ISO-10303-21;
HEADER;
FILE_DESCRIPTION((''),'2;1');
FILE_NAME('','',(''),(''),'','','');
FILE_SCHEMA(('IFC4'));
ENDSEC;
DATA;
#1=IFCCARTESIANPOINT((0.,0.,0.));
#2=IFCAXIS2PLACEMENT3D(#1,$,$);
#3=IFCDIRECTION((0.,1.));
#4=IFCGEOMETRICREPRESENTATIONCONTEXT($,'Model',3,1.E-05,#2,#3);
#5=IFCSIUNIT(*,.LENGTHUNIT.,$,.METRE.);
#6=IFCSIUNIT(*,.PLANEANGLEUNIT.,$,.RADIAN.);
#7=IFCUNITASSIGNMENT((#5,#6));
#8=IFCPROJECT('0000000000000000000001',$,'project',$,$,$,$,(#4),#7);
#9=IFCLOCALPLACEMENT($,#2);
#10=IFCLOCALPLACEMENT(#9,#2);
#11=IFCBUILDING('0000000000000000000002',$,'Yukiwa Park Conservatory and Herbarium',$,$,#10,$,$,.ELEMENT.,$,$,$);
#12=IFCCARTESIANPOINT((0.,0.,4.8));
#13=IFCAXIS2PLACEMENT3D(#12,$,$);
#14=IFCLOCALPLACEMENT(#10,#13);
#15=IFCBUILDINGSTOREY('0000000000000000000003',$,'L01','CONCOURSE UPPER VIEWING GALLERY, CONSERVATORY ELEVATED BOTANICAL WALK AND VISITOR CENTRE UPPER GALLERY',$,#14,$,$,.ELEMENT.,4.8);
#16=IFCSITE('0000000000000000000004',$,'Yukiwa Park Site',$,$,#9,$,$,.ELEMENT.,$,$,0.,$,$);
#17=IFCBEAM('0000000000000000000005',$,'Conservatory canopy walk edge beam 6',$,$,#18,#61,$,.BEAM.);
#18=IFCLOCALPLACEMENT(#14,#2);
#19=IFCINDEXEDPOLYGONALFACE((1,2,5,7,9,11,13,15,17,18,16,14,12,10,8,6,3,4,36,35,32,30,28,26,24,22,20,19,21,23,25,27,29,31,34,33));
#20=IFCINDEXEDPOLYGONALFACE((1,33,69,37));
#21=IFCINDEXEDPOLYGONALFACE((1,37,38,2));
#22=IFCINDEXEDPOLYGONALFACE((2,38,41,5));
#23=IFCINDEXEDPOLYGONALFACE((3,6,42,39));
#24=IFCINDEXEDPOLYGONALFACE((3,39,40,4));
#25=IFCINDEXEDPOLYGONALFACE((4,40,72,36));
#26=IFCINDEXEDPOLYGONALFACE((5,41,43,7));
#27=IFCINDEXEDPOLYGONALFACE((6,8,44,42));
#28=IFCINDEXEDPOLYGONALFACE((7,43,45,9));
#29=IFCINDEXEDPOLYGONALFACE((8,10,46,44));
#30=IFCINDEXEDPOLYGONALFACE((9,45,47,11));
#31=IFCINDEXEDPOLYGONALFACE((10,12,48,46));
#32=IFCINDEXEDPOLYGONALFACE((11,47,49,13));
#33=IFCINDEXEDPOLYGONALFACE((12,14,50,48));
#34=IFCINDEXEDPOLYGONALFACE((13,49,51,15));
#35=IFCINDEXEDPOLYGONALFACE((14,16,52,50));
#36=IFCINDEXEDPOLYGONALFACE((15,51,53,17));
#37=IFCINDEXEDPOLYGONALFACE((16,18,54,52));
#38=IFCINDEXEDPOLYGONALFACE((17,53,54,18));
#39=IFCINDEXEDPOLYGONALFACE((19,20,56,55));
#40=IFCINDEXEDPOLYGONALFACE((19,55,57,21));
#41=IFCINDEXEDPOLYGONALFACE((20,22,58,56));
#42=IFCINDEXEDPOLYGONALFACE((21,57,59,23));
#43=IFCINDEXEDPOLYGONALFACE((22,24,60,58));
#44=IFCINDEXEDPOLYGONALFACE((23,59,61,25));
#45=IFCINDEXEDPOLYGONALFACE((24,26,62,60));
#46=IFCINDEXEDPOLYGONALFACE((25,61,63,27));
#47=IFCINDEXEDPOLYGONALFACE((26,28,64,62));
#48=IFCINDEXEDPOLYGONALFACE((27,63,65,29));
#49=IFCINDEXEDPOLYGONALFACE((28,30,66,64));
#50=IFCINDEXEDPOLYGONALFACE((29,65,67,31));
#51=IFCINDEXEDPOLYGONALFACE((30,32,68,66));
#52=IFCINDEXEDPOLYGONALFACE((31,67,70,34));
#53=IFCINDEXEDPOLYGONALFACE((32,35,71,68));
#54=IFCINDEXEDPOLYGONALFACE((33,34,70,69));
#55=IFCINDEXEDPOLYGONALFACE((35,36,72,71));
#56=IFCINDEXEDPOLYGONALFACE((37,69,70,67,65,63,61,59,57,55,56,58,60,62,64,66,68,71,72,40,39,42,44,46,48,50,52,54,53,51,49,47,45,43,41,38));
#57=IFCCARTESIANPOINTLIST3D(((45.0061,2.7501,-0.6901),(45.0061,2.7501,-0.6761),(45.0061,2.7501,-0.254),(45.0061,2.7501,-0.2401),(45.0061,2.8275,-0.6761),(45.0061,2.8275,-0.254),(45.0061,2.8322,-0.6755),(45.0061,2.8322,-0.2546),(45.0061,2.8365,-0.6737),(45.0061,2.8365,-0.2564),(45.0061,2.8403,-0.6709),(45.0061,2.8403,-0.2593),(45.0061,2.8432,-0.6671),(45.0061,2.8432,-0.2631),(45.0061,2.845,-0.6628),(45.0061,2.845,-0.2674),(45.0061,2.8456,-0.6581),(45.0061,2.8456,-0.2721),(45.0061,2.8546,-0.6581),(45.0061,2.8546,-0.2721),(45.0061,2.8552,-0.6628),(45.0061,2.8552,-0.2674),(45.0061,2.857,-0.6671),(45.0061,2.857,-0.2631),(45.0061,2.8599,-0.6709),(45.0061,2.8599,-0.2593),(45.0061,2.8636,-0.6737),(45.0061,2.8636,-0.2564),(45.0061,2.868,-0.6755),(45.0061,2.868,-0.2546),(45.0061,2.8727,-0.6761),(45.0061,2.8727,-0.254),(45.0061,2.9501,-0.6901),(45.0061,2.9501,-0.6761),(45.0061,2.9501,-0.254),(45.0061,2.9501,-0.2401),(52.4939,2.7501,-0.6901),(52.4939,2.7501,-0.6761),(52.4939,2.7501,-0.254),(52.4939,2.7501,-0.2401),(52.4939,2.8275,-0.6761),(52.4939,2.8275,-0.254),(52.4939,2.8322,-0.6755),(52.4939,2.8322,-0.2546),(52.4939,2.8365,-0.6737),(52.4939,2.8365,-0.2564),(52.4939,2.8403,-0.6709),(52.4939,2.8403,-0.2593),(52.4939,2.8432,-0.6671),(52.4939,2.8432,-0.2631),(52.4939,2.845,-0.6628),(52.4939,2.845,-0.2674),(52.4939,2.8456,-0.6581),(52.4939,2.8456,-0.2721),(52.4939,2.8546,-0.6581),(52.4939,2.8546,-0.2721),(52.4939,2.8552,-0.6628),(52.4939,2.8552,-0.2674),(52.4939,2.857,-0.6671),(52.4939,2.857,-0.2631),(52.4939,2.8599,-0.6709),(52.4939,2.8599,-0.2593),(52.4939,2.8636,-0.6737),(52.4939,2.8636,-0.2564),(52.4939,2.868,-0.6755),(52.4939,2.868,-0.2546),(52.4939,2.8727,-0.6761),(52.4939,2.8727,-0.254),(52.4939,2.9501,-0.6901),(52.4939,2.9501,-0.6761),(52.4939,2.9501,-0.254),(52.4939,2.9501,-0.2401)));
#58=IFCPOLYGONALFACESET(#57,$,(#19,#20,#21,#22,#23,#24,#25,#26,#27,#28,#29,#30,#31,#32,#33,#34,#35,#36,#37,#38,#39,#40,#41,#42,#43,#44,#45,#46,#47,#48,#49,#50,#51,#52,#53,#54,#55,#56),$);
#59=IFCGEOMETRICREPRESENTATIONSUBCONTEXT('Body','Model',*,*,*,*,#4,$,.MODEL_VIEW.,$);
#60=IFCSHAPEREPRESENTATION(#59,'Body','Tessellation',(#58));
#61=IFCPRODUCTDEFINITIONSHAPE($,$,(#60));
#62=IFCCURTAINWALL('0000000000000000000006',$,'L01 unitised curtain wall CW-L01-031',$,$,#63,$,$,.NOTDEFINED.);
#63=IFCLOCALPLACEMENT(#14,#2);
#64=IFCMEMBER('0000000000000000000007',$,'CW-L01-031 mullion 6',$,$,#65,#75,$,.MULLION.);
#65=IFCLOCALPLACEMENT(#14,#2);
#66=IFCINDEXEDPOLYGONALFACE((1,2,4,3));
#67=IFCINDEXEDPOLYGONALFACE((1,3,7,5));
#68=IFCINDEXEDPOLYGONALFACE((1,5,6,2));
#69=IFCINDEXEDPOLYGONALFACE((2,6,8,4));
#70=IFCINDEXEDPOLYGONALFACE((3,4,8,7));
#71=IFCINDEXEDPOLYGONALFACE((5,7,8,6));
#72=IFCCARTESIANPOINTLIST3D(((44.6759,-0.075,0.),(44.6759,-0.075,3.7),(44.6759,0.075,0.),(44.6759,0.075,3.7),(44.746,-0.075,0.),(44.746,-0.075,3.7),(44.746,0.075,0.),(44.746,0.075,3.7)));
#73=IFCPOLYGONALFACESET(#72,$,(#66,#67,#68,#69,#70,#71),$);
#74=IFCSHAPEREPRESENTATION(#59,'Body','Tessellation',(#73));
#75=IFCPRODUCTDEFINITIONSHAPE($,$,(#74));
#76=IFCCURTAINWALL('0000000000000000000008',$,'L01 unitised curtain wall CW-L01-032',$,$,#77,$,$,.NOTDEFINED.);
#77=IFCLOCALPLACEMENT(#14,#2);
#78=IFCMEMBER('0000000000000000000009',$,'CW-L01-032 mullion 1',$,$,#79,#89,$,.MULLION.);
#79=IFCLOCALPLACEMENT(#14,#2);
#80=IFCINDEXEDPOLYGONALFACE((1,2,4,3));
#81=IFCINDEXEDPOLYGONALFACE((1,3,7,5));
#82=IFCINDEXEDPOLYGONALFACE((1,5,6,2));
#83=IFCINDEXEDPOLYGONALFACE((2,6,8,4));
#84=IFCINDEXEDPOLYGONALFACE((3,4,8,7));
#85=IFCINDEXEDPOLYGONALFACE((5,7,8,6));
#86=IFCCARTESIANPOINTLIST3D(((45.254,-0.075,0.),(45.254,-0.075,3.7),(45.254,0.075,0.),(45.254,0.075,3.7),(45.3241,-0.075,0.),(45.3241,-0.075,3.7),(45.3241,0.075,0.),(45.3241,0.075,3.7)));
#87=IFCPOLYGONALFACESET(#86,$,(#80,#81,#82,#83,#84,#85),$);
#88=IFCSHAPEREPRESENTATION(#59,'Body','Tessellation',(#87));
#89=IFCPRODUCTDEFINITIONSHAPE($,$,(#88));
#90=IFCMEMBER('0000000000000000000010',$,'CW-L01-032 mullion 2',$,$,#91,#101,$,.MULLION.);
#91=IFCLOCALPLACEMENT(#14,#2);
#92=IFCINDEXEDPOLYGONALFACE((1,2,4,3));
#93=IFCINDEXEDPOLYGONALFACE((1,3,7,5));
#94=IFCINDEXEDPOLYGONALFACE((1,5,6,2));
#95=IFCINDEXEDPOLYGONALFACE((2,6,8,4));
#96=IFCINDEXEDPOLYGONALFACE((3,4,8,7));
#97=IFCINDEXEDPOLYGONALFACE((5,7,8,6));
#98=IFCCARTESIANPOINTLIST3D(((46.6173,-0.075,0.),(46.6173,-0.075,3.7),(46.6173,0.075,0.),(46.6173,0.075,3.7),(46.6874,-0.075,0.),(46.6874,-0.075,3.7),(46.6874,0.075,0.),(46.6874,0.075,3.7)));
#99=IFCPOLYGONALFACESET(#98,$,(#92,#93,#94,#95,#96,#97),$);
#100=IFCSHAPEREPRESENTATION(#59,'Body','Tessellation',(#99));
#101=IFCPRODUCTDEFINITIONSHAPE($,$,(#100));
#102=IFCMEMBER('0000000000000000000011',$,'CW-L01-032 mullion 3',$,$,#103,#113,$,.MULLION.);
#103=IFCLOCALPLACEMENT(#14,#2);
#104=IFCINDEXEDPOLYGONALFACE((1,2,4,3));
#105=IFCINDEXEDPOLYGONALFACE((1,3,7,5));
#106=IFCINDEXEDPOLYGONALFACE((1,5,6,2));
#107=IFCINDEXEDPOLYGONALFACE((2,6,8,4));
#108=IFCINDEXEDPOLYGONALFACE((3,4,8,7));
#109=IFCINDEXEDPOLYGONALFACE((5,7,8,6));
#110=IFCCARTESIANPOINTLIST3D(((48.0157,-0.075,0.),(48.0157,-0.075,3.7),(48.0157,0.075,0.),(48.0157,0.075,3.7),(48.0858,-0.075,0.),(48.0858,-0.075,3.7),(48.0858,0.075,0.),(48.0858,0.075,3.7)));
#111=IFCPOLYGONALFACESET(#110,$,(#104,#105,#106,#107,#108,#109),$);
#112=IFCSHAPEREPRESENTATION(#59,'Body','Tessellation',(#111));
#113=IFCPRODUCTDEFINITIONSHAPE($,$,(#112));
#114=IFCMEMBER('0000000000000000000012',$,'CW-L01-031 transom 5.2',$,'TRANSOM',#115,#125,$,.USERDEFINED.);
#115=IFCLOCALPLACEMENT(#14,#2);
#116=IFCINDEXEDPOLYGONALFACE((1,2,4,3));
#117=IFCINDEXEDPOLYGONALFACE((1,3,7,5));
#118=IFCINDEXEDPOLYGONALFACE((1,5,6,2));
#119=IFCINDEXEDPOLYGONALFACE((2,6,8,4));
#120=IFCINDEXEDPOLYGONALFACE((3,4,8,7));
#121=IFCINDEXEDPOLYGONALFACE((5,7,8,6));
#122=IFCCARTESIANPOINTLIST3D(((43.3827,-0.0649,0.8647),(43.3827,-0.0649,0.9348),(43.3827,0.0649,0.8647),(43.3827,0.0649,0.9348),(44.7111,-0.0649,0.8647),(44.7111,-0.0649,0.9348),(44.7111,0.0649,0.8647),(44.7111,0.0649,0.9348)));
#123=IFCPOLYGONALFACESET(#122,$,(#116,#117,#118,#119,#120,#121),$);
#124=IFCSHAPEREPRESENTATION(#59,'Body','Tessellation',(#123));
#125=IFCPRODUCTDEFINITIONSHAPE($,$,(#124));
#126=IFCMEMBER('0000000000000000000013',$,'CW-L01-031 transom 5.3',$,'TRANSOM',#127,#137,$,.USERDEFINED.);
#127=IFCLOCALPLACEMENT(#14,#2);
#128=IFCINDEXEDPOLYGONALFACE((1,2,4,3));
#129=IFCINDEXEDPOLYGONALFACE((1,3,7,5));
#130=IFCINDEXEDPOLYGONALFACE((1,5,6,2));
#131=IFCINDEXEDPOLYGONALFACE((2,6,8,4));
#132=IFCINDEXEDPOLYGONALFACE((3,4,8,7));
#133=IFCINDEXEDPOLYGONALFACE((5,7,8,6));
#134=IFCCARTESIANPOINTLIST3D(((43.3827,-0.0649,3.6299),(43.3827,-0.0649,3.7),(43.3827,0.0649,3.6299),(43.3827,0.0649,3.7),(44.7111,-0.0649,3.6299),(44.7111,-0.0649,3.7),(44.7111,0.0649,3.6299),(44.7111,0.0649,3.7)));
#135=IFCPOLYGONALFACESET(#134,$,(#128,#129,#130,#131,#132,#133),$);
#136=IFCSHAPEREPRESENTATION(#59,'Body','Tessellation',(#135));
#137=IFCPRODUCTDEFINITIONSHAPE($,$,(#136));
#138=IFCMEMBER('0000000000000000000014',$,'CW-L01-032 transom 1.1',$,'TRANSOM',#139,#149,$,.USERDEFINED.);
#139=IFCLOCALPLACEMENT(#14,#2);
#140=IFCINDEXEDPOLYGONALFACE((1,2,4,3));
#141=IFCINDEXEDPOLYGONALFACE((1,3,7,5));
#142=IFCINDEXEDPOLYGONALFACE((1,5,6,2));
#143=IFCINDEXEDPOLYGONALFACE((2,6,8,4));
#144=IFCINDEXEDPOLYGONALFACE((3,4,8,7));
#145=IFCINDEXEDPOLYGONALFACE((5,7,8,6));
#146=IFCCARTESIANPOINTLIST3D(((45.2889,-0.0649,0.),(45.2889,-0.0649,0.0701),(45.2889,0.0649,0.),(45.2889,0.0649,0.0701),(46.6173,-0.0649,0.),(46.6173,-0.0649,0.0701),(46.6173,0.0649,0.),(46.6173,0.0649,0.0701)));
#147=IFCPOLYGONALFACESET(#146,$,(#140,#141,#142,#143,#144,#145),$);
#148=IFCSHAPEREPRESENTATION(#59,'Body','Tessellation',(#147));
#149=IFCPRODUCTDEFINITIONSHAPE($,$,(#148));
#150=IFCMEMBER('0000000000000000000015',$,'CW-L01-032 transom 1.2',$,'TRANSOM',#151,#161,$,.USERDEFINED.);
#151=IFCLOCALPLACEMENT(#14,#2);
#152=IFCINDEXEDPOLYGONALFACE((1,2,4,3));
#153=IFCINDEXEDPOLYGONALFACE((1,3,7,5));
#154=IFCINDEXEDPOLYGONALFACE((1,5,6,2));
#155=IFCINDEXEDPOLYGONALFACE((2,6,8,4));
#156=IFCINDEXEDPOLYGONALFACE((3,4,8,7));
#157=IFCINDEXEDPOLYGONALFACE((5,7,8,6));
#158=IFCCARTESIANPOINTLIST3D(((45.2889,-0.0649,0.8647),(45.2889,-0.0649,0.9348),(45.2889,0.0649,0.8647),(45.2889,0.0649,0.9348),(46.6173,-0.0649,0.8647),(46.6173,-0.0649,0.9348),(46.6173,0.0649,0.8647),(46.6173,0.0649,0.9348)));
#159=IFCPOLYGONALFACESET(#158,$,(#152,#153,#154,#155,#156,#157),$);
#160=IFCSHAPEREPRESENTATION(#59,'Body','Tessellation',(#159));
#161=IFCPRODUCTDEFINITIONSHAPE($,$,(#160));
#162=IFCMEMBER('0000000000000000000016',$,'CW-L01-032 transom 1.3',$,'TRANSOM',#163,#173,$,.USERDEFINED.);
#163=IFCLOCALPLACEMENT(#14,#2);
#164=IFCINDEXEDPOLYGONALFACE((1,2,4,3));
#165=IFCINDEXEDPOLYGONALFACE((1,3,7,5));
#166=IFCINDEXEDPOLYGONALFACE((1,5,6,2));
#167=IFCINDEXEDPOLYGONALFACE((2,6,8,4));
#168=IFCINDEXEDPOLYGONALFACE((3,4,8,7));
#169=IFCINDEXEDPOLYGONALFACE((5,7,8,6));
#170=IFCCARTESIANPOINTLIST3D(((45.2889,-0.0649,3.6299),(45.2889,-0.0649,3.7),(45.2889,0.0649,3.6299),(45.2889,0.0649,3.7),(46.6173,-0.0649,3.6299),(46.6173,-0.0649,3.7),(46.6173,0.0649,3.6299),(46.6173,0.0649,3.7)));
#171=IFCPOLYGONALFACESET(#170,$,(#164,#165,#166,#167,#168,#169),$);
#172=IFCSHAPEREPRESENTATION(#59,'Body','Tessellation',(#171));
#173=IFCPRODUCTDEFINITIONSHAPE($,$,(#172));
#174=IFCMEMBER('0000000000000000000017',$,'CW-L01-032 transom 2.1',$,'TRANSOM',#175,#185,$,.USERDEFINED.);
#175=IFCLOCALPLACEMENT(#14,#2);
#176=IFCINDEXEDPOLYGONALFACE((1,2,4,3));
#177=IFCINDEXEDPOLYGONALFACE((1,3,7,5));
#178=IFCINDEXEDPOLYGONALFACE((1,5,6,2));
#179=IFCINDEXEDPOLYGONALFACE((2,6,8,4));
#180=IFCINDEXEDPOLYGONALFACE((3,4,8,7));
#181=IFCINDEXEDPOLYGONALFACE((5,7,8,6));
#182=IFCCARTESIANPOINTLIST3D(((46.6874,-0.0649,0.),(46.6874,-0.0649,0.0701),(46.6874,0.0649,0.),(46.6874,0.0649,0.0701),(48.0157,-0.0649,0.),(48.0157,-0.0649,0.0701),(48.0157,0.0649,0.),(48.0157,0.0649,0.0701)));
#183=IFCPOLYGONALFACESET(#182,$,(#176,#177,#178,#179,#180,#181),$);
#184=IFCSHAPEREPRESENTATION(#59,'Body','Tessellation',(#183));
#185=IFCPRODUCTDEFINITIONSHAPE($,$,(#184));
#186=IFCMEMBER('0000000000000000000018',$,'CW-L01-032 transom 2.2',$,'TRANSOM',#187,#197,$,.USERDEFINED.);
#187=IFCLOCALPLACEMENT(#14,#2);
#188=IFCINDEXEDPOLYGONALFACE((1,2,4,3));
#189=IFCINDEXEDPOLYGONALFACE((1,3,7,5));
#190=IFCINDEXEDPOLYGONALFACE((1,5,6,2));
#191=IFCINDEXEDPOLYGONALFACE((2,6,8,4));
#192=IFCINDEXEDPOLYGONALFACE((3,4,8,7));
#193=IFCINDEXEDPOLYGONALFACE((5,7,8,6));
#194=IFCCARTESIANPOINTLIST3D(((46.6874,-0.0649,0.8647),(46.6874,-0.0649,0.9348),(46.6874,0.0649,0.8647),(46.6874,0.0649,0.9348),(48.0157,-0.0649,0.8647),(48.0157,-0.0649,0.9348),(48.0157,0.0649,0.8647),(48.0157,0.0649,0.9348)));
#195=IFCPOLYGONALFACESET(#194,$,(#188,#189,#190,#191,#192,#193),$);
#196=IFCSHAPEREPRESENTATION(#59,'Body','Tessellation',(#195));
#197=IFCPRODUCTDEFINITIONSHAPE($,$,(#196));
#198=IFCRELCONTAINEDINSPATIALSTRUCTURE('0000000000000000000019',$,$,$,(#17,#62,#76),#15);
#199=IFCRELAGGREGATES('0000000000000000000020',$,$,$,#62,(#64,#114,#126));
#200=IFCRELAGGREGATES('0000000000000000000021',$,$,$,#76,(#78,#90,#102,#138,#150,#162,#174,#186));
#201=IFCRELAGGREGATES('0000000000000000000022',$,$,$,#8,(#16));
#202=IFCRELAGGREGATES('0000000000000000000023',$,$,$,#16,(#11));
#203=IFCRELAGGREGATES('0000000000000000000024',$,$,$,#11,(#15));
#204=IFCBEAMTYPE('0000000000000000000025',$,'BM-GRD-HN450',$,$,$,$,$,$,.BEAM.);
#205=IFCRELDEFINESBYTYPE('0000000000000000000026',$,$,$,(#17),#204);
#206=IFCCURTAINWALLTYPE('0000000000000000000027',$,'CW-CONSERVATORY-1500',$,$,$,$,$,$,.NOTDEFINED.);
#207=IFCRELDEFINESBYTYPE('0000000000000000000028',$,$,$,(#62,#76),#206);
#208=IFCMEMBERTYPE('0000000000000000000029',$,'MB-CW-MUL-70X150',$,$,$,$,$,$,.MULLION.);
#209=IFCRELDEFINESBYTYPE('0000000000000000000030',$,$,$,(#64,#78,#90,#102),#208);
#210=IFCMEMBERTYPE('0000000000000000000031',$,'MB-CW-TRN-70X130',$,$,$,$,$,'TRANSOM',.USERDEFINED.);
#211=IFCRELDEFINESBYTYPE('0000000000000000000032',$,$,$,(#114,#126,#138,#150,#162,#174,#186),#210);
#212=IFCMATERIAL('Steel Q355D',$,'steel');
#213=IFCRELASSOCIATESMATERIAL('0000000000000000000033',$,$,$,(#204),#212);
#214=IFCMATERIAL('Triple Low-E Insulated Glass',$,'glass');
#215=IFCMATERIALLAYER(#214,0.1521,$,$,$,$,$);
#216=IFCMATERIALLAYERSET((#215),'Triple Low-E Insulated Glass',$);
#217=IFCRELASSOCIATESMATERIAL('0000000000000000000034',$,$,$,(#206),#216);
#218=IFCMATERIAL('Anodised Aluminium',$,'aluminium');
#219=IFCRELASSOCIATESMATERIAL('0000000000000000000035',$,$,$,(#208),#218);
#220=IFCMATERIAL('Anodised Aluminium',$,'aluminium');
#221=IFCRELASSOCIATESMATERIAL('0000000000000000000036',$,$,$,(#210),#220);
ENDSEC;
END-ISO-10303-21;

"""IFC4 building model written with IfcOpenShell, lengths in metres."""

from ifc_helpers import new_model, si_unit, direction, frame, origin, origin_2d, place, context, subcontext, project, spatial, rectangle, i_section, extrude, material, layer, layer_set, material_profile, profile_set, type_object, element, aggregate, save


model = new_model("IFC4")

# Units and contexts
model_context = context("Model", 3, precision=1e-05, world=origin(), true_north=direction((0.0, 1.0)))
body_context = subcontext(model_context, "Body", "Model", "MODEL_VIEW")
ifc_project = project(units=[si_unit("LENGTHUNIT", "METRE"), si_unit("PLANEANGLEUNIT", "RADIAN")], contexts=[model_context])

# Site, building, storey
site_placement = place(None, origin())
site = spatial("IfcSite", under=ifc_project, at=site_placement, Name="Yukiwa Park Site", CompositionType="ELEMENT", RefElevation=0.0)
building_placement = place(site_placement, origin())
building = spatial("IfcBuilding", under=site, at=building_placement, Name="Yukiwa Park Conservatory and Herbarium", CompositionType="ELEMENT")
storey_placement = place(building_placement, frame((0.0, 0.0, 4.8)))
storey = spatial("IfcBuildingStorey", under=building, at=storey_placement, Name="L01", Description="CONCOURSE UPPER VIEWING GALLERY, CONSERVATORY ELEVATED BOTANICAL WALK AND VISITOR CENTRE UPPER GALLERY", CompositionType="ELEMENT", Elevation=4.8)

# Beam
ifc_material_1 = material(Name="Steel Q355D", Category="steel")
ifc_material_profile_1 = material_profile(ifc_material_1, i_section(OverallWidth=0.2, OverallDepth=0.45, WebThickness=0.009, FlangeThickness=0.0139, FilletRadius=0.0181, at=origin_2d()), Name="HN 450x200x9x14")
ifc_profile_set_1 = profile_set([ifc_material_profile_1], Name="Steel Q355D")
beam_type = type_object("IfcBeamType", Name="BM-GRD-HN450", PredefinedType="BEAM", material=ifc_profile_set_1)
beam_1_placement = place(storey_placement, frame((45.0061, 2.8501, -0.4651), z_axis=(1.0, 0.0, 0.0), x_axis=(0.0, 1.0, 0.0)))
element("IfcBeam", 1, at=beam_1_placement, inside=storey, type_object=beam_type, Name="Conservatory canopy walk edge beam 6", PredefinedType="BEAM", context=body_context, shape_type="SweptSolid", body=[
    extrude(i_section(OverallWidth=0.2, OverallDepth=0.45, WebThickness=0.009, FlangeThickness=0.0139, FilletRadius=0.0181, at=origin_2d()), origin(), (0.0, 0.0, 1.0), 7.4878),
])

# Curtain wall, member
ifc_material_2 = material(Name="Triple Low-E Insulated Glass", Category="glass")
ifc_layer_1 = layer(ifc_material_2, 0.1521)
ifc_layer_set_1 = layer_set([ifc_layer_1], Name="Triple Low-E Insulated Glass")
curtain_wall_type = type_object("IfcCurtainWallType", Name="CW-CONSERVATORY-1500", PredefinedType="NOTDEFINED", material=ifc_layer_set_1)
curtain_wall_1_placement = place(storey_placement, origin())
curtain_wall_1 = element("IfcCurtainWall", 2, at=curtain_wall_1_placement, inside=storey, type_object=curtain_wall_type, Name="L01 unitised curtain wall CW-L01-031", PredefinedType="NOTDEFINED")
ifc_material_3 = material(Name="Anodised Aluminium", Category="aluminium")
member_type_1 = type_object("IfcMemberType", Name="MB-CW-MUL-70X150", PredefinedType="MULLION", material=ifc_material_3)
member_1_placement = place(storey_placement, frame((44.7109, 0.0, 0.0), z_axis=(0.0, 0.0, 1.0), x_axis=(1.0, 0.0, 0.0)))
member_1 = element("IfcMember", 3, at=member_1_placement, type_object=member_type_1, Name="CW-L01-031 mullion 6", PredefinedType="MULLION", context=body_context, shape_type="SweptSolid", body=[
    extrude(rectangle(XDim=0.0701, YDim=0.1499, at=origin_2d()), origin(), (0.0, 0.0, 1.0), 3.7),
])

# Curtain wall, members
curtain_wall_2_placement = place(storey_placement, origin())
curtain_wall_2 = element("IfcCurtainWall", 4, at=curtain_wall_2_placement, inside=storey, type_object=curtain_wall_type, Name="L01 unitised curtain wall CW-L01-032", PredefinedType="NOTDEFINED")
member_2_placement = place(storey_placement, frame((45.2891, 0.0, 0.0), z_axis=(0.0, 0.0, 1.0), x_axis=(1.0, 0.0, 0.0)))
member_2 = element("IfcMember", 5, at=member_2_placement, type_object=member_type_1, Name="CW-L01-032 mullion 1", PredefinedType="MULLION", context=body_context, shape_type="SweptSolid", body=[
    extrude(rectangle(XDim=0.0701, YDim=0.1499, at=origin_2d()), origin(), (0.0, 0.0, 1.0), 3.7),
])
member_3_placement = place(storey_placement, frame((46.6523, 0.0, 0.0), z_axis=(0.0, 0.0, 1.0), x_axis=(1.0, 0.0, 0.0)))
member_3 = element("IfcMember", 6, at=member_3_placement, type_object=member_type_1, Name="CW-L01-032 mullion 2", PredefinedType="MULLION", context=body_context, shape_type="SweptSolid", body=[
    extrude(rectangle(XDim=0.0701, YDim=0.1499, at=origin_2d()), origin(), (0.0, 0.0, 1.0), 3.7),
])
member_4_placement = place(storey_placement, frame((48.0508, 0.0, 0.0), z_axis=(0.0, 0.0, 1.0), x_axis=(1.0, 0.0, 0.0)))
member_4 = element("IfcMember", 7, at=member_4_placement, type_object=member_type_1, Name="CW-L01-032 mullion 3", PredefinedType="MULLION", context=body_context, shape_type="SweptSolid", body=[
    extrude(rectangle(XDim=0.0701, YDim=0.1499, at=origin_2d()), origin(), (0.0, 0.0, 1.0), 3.7),
])

# Members
ifc_material_4 = material(Name="Anodised Aluminium", Category="aluminium")
member_type_2 = type_object("IfcMemberType", Name="MB-CW-TRN-70X130", ElementType="TRANSOM", PredefinedType="USERDEFINED", material=ifc_material_4)
member_5_placement = place(storey_placement, frame((44.0469, 0.0, 0.8647), z_axis=(0.0, 0.0, 1.0), x_axis=(1.0, 0.0, 0.0)))
member_5 = element("IfcMember", 8, at=member_5_placement, type_object=member_type_2, Name="CW-L01-031 transom 5.2", ObjectType="TRANSOM", PredefinedType="USERDEFINED", context=body_context, shape_type="SweptSolid", body=[
    extrude(rectangle(XDim=1.3284, YDim=0.1299, at=origin_2d()), origin(), (0.0, 0.0, 1.0), 0.0701),
])
member_6_placement = place(storey_placement, frame((44.0469, 0.0, 3.6299), z_axis=(0.0, 0.0, 1.0), x_axis=(1.0, 0.0, 0.0)))
member_6 = element("IfcMember", 9, at=member_6_placement, type_object=member_type_2, Name="CW-L01-031 transom 5.3", ObjectType="TRANSOM", PredefinedType="USERDEFINED", context=body_context, shape_type="SweptSolid", body=[
    extrude(rectangle(XDim=1.3284, YDim=0.1299, at=origin_2d()), origin(), (0.0, 0.0, 1.0), 0.0701),
])
member_7_placement = place(storey_placement, frame((45.9531, 0.0, 0.0), z_axis=(0.0, 0.0, 1.0), x_axis=(1.0, 0.0, 0.0)))
member_7 = element("IfcMember", 10, at=member_7_placement, type_object=member_type_2, Name="CW-L01-032 transom 1.1", ObjectType="TRANSOM", PredefinedType="USERDEFINED", context=body_context, shape_type="SweptSolid", body=[
    extrude(rectangle(XDim=1.3284, YDim=0.1299, at=origin_2d()), origin(), (0.0, 0.0, 1.0), 0.0701),
])
member_8_placement = place(storey_placement, frame((45.9531, 0.0, 0.8647), z_axis=(0.0, 0.0, 1.0), x_axis=(1.0, 0.0, 0.0)))
member_8 = element("IfcMember", 11, at=member_8_placement, type_object=member_type_2, Name="CW-L01-032 transom 1.2", ObjectType="TRANSOM", PredefinedType="USERDEFINED", context=body_context, shape_type="SweptSolid", body=[
    extrude(rectangle(XDim=1.3284, YDim=0.1299, at=origin_2d()), origin(), (0.0, 0.0, 1.0), 0.0701),
])
member_9_placement = place(storey_placement, frame((45.9531, 0.0, 3.6299), z_axis=(0.0, 0.0, 1.0), x_axis=(1.0, 0.0, 0.0)))
member_9 = element("IfcMember", 12, at=member_9_placement, type_object=member_type_2, Name="CW-L01-032 transom 1.3", ObjectType="TRANSOM", PredefinedType="USERDEFINED", context=body_context, shape_type="SweptSolid", body=[
    extrude(rectangle(XDim=1.3284, YDim=0.1299, at=origin_2d()), origin(), (0.0, 0.0, 1.0), 0.0701),
])
member_10_placement = place(storey_placement, frame((47.3516, 0.0, 0.0), z_axis=(0.0, 0.0, 1.0), x_axis=(1.0, 0.0, 0.0)))
member_10 = element("IfcMember", 13, at=member_10_placement, type_object=member_type_2, Name="CW-L01-032 transom 2.1", ObjectType="TRANSOM", PredefinedType="USERDEFINED", context=body_context, shape_type="SweptSolid", body=[
    extrude(rectangle(XDim=1.3284, YDim=0.1299, at=origin_2d()), origin(), (0.0, 0.0, 1.0), 0.0701),
])
member_11_placement = place(storey_placement, frame((47.3516, 0.0, 0.8647), z_axis=(0.0, 0.0, 1.0), x_axis=(1.0, 0.0, 0.0)))
member_11 = element("IfcMember", 14, at=member_11_placement, type_object=member_type_2, Name="CW-L01-032 transom 2.2", ObjectType="TRANSOM", PredefinedType="USERDEFINED", context=body_context, shape_type="SweptSolid", body=[
    extrude(rectangle(XDim=1.3284, YDim=0.1299, at=origin_2d()), origin(), (0.0, 0.0, 1.0), 0.0701),
])

aggregate(curtain_wall_1, [member_1, member_5, member_6])
aggregate(curtain_wall_2, [member_2, member_3, member_4, member_7, member_8, member_9, member_10, member_11])

save(model, "model.ifc")
